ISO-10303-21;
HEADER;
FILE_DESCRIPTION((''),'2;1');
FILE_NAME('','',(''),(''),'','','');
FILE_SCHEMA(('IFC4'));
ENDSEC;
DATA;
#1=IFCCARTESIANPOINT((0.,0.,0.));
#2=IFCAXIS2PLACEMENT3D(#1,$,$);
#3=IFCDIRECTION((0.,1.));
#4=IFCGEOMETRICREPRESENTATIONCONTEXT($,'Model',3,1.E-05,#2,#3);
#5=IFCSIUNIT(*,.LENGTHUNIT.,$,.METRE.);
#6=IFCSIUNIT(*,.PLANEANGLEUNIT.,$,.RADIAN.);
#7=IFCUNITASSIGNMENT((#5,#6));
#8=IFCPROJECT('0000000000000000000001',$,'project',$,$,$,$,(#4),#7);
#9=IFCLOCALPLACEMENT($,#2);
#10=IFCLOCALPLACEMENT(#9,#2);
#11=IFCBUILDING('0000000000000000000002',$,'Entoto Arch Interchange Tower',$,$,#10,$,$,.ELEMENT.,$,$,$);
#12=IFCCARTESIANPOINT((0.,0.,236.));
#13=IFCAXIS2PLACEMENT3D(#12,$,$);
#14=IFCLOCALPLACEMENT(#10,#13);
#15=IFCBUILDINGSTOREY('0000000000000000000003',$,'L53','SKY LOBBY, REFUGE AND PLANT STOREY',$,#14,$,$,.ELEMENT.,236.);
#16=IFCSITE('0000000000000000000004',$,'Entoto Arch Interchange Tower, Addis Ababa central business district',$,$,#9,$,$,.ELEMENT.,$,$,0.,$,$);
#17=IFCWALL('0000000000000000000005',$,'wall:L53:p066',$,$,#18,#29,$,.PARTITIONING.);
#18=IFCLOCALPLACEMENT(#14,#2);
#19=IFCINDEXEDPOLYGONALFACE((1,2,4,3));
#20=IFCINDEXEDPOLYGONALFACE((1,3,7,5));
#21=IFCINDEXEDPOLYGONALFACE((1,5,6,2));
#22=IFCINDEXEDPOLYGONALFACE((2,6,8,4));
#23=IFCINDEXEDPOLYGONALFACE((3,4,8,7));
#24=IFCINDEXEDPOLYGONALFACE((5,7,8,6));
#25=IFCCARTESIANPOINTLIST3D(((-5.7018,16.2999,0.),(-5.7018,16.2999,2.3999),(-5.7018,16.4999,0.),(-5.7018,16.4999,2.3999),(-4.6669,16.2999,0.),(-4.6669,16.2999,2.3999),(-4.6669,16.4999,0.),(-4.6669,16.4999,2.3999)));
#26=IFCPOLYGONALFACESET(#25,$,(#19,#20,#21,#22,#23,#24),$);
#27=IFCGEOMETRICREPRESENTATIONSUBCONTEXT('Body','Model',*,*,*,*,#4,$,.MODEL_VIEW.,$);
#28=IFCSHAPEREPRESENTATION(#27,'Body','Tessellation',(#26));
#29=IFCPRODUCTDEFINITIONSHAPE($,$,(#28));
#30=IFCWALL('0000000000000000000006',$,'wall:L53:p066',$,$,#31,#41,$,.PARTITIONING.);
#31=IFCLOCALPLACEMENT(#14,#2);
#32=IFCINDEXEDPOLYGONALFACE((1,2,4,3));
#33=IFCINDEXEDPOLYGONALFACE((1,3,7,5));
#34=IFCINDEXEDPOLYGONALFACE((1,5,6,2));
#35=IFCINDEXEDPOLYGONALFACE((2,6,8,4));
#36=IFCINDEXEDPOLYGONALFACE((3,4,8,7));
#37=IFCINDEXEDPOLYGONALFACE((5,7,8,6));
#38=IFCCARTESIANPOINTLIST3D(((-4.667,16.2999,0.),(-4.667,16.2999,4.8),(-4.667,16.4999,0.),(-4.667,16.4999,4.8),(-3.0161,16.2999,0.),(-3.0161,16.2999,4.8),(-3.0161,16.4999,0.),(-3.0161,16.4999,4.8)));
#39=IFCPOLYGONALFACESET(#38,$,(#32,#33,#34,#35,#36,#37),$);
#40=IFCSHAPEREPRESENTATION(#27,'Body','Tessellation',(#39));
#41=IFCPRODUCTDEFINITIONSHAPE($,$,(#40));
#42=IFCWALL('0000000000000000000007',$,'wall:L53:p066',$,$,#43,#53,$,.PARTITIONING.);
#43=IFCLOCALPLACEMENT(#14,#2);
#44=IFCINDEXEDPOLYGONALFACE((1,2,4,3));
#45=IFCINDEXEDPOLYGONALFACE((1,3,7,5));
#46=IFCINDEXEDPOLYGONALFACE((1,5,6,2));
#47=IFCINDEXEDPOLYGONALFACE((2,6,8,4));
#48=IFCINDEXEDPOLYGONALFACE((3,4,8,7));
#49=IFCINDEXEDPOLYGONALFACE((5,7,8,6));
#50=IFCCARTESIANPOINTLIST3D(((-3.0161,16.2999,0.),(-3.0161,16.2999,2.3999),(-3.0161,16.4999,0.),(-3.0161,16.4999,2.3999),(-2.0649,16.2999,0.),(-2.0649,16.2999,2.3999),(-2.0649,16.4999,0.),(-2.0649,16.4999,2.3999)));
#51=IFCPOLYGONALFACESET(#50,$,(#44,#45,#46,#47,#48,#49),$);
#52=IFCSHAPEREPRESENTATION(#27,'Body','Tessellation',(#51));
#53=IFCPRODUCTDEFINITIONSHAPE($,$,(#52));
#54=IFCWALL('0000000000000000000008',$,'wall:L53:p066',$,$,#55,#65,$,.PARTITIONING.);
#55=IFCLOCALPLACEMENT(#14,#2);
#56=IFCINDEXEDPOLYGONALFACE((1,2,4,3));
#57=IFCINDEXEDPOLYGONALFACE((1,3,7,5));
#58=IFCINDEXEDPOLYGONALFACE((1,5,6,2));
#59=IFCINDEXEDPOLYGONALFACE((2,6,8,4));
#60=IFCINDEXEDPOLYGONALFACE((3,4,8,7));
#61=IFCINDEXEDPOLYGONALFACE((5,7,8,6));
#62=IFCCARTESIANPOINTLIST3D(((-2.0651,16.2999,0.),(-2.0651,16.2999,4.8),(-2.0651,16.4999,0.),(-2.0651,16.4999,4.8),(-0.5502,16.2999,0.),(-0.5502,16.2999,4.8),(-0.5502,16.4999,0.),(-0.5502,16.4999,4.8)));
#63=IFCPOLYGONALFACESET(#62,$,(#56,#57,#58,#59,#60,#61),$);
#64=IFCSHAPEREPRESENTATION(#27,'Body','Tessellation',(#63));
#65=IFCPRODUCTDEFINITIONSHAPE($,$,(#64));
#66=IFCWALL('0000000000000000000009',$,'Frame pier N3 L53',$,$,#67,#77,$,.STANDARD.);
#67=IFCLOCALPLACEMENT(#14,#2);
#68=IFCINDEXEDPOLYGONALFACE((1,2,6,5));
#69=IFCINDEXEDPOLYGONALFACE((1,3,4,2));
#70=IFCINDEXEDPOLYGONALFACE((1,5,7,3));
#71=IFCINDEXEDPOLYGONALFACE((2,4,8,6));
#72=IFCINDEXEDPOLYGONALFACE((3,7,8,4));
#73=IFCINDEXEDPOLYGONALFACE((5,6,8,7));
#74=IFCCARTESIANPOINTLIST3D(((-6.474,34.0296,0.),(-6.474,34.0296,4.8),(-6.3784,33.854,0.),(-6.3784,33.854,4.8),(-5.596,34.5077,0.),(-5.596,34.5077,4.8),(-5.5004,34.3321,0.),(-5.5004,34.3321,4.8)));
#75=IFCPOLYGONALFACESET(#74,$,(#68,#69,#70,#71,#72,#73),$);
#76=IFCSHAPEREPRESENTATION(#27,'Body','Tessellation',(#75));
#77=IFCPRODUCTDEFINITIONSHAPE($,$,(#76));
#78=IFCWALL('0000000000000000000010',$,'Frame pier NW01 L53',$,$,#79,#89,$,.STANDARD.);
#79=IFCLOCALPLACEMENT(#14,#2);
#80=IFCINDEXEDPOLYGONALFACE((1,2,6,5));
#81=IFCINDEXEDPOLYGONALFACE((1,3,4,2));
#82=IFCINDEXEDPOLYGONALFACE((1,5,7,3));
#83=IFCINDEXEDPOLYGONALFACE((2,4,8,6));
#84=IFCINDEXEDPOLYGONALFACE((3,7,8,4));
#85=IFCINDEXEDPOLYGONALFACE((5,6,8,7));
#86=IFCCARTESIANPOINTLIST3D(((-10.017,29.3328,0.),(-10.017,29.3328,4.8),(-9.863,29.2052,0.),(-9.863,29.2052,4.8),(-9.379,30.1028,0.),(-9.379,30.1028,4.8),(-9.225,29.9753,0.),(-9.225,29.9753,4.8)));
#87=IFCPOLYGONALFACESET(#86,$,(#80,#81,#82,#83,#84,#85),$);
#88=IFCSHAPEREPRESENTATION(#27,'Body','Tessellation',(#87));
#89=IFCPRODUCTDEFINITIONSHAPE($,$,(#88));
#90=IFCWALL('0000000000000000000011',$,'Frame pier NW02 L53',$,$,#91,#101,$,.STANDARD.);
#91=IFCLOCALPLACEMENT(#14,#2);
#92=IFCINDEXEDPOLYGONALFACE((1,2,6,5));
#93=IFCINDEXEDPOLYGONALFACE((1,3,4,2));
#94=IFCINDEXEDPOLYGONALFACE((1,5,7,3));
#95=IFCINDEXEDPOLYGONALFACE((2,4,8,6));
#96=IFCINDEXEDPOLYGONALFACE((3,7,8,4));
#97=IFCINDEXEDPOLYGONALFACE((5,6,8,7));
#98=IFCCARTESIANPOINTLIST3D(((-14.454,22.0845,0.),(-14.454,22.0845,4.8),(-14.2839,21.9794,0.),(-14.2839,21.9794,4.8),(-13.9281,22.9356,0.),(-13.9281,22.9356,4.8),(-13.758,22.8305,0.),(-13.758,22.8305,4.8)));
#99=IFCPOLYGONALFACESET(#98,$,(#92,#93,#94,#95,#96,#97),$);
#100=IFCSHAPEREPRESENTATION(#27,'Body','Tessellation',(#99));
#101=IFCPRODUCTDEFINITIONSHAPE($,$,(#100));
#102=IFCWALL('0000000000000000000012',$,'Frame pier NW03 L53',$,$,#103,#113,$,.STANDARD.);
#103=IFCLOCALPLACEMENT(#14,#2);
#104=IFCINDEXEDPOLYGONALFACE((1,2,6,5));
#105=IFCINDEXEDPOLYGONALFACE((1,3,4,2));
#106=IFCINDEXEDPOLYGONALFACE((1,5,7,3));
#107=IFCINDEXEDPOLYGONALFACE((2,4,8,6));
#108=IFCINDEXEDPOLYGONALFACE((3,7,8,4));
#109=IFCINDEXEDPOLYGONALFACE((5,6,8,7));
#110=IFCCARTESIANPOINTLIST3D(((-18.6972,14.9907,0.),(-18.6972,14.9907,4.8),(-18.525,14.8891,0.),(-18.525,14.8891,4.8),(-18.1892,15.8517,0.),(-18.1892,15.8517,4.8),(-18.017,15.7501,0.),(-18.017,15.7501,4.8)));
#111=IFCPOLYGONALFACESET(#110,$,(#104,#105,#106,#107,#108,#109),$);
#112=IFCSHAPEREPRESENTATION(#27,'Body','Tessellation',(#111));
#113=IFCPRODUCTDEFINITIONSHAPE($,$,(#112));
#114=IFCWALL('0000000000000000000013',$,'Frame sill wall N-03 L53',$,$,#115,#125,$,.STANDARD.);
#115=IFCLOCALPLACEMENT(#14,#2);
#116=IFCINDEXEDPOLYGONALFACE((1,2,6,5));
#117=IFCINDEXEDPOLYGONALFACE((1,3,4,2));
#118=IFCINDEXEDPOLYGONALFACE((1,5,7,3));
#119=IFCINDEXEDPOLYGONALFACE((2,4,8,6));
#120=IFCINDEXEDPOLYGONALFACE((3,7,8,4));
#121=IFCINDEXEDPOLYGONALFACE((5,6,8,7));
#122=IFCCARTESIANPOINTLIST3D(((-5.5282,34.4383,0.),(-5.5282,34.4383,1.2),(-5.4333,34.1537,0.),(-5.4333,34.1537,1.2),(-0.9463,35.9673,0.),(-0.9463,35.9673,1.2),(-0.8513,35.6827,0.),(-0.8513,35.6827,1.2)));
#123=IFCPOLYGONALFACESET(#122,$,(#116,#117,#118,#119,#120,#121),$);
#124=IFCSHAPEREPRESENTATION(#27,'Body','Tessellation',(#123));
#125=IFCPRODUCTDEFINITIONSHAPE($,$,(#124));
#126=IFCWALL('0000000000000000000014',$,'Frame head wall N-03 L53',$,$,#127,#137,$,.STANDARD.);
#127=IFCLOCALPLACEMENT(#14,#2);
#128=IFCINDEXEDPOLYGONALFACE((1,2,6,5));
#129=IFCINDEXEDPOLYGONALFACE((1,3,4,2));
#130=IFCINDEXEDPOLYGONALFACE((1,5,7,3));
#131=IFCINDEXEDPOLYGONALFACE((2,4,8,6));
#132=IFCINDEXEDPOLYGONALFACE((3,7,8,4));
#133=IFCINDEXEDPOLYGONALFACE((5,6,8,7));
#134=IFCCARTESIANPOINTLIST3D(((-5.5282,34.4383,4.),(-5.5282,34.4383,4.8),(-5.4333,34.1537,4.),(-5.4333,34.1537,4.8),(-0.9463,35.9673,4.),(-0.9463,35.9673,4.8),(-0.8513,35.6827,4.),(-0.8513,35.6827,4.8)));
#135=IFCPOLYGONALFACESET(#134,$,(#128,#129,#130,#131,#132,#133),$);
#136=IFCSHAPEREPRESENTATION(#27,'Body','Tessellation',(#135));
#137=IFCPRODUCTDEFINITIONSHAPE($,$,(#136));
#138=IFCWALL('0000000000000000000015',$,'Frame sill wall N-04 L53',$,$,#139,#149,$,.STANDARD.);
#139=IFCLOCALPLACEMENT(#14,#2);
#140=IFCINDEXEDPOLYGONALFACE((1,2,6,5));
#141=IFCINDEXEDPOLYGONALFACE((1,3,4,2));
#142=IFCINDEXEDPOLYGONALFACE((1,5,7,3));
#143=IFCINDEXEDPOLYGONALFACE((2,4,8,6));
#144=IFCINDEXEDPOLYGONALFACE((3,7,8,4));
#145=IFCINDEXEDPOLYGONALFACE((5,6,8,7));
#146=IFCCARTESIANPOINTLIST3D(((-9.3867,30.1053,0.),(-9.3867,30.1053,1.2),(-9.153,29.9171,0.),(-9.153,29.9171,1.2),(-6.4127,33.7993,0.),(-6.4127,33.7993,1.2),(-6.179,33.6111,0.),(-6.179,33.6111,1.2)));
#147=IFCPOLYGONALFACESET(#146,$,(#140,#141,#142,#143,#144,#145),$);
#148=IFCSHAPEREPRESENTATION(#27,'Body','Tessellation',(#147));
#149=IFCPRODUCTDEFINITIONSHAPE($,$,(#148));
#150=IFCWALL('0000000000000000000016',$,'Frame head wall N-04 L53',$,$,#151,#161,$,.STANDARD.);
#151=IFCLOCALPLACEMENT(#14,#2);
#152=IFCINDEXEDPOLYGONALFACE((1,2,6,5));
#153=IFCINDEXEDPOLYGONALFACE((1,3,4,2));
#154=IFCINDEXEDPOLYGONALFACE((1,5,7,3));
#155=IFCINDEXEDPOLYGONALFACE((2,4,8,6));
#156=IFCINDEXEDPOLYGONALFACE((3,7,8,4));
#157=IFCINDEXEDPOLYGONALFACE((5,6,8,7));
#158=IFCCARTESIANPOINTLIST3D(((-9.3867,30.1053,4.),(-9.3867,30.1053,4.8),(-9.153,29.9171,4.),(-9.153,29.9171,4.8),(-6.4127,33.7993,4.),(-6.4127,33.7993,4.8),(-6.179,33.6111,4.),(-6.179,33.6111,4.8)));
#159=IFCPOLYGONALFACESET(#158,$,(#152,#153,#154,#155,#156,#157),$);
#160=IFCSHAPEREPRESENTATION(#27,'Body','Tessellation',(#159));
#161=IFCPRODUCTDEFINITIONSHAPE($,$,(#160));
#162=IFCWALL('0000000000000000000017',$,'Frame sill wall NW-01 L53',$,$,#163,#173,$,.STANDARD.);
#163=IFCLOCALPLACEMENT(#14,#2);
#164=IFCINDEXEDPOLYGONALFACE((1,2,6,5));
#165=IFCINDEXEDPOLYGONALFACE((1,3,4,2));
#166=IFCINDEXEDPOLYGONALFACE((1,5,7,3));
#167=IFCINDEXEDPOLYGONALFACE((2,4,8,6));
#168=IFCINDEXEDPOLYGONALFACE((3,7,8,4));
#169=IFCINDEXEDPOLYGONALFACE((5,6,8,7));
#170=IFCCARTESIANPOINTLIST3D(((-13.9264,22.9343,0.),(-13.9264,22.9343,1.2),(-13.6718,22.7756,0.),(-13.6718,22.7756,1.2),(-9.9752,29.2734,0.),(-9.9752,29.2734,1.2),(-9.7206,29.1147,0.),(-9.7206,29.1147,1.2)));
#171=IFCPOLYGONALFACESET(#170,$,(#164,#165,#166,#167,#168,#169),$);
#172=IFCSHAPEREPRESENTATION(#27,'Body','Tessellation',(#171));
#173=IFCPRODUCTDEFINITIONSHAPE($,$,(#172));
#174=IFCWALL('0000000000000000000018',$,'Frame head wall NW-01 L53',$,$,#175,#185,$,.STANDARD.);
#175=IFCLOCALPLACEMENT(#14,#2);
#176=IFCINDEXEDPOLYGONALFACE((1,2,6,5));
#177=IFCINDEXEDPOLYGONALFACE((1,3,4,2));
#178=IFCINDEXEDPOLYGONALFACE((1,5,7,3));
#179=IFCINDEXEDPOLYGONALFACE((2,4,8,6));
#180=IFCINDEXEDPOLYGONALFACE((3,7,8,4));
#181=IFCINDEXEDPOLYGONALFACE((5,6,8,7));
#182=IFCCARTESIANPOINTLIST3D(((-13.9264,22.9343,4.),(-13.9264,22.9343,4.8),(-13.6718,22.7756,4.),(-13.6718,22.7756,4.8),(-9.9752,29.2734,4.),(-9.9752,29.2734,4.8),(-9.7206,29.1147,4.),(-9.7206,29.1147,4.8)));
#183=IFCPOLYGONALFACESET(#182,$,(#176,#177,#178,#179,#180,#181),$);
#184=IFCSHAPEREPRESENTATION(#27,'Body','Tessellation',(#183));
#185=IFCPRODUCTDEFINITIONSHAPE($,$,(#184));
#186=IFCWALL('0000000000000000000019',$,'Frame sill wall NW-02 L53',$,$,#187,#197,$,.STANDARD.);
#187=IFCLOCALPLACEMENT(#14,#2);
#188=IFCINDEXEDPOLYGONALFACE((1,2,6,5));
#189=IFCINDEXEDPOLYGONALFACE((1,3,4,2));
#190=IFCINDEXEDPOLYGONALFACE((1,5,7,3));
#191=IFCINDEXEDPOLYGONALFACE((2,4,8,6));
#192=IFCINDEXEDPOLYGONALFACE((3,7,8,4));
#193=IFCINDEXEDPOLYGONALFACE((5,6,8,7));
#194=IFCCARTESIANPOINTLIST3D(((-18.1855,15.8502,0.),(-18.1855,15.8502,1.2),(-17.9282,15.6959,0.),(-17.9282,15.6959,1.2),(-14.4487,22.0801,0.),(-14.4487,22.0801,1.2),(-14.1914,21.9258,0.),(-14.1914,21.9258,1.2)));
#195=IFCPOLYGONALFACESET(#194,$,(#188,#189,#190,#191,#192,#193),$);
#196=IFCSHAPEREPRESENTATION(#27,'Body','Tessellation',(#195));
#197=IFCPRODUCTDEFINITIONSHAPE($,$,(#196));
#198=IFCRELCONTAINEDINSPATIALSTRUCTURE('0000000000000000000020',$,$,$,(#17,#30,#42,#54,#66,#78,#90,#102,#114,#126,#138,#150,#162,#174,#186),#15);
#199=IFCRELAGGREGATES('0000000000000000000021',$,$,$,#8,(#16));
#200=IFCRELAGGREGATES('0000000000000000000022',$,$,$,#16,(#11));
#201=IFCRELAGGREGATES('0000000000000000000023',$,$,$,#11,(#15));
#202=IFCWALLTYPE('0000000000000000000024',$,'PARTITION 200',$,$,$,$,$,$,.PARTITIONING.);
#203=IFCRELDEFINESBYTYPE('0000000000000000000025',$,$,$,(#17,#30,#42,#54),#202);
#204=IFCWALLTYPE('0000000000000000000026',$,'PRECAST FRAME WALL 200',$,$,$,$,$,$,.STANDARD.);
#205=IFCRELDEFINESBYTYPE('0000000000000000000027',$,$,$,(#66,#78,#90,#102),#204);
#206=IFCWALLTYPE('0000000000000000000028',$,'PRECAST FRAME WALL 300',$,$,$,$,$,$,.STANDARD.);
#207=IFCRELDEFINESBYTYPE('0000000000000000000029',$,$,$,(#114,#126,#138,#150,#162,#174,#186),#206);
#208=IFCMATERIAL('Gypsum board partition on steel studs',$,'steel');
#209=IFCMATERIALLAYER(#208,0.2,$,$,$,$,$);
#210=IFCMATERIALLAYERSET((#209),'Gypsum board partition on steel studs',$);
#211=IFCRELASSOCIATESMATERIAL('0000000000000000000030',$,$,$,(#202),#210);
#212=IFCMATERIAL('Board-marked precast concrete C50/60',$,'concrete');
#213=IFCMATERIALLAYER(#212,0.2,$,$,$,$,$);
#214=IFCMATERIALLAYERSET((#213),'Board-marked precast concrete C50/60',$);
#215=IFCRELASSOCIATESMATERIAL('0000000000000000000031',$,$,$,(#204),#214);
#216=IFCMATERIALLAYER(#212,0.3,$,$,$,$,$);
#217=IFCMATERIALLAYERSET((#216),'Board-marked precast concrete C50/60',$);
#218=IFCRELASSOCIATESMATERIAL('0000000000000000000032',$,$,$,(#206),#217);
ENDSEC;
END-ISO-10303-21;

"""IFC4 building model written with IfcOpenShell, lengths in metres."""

from ifc_helpers import new_model, si_unit, direction, frame, frame_2d, origin, place, context, subcontext, project, spatial, rectangle, extrude, material, layer, layer_set, type_object, element, save


model = new_model("IFC4")

# Units and contexts
model_context = context("Model", 3, precision=1e-05, world=origin(), true_north=direction((0.0, 1.0)))
body_context = subcontext(model_context, "Body", "Model", "MODEL_VIEW")
ifc_project = project(units=[si_unit("LENGTHUNIT", "METRE"), si_unit("PLANEANGLEUNIT", "RADIAN")], contexts=[model_context])

# Site, building, storey
site_placement = place(None, origin())
site = spatial("IfcSite", under=ifc_project, at=site_placement, Name="Entoto Arch Interchange Tower, Addis Ababa central business district", CompositionType="ELEMENT", RefElevation=0.0)
building_placement = place(site_placement, origin())
building = spatial("IfcBuilding", under=site, at=building_placement, Name="Entoto Arch Interchange Tower", CompositionType="ELEMENT")
storey_placement = place(building_placement, frame((0.0, 0.0, 236.0)))
storey = spatial("IfcBuildingStorey", under=building, at=storey_placement, Name="L53", Description="SKY LOBBY, REFUGE AND PLANT STOREY", CompositionType="ELEMENT", Elevation=236.0)

# Walls
ifc_material_1 = material(Name="Gypsum board partition on steel studs", Category="steel")
ifc_layer_1 = layer(ifc_material_1, 0.2)
ifc_layer_set_1 = layer_set([ifc_layer_1], Name="Gypsum board partition on steel studs")
wall_type_1 = type_object("IfcWallType", Name="PARTITION 200", PredefinedType="PARTITIONING", material=ifc_layer_set_1)
wall_1_placement = place(storey_placement, frame((-5.7019, 16.3999, 0.0), z_axis=(0.0, 0.0, 1.0), x_axis=(1.0, 0.0, 0.0)))
element("IfcWall", 1, at=wall_1_placement, inside=storey, type_object=wall_type_1, Name="wall:L53:p066", PredefinedType="PARTITIONING", context=body_context, shape_type="SweptSolid", body=[
    extrude(rectangle(XDim=1.0349, YDim=0.2, at=frame_2d((0.5176, 0.0))), origin(), (0.0, 0.0, 1.0), 2.3999),
])
wall_2_placement = place(storey_placement, frame((-4.667, 16.3999, 0.0), z_axis=(0.0, 0.0, 1.0), x_axis=(1.0, 0.0, 0.0)))
element("IfcWall", 2, at=wall_2_placement, inside=storey, type_object=wall_type_1, Name="wall:L53:p066", PredefinedType="PARTITIONING", context=body_context, shape_type="SweptSolid", body=[
    extrude(rectangle(XDim=1.6509, YDim=0.2, at=frame_2d((0.8254, 0.0))), origin(), (0.0, 0.0, 1.0), 4.8),
])
wall_3_placement = place(storey_placement, frame((-3.0161, 16.3999, 0.0), z_axis=(0.0, 0.0, 1.0), x_axis=(1.0, 0.0, 0.0)))
element("IfcWall", 3, at=wall_3_placement, inside=storey, type_object=wall_type_1, Name="wall:L53:p066", PredefinedType="PARTITIONING", context=body_context, shape_type="SweptSolid", body=[
    extrude(rectangle(XDim=0.9512, YDim=0.2, at=frame_2d((0.4756, 0.0))), origin(), (0.0, 0.0, 1.0), 2.3999),
])
wall_4_placement = place(storey_placement, frame((-2.0649, 16.3999, 0.0), z_axis=(0.0, 0.0, 1.0), x_axis=(1.0, 0.0, 0.0)))
element("IfcWall", 4, at=wall_4_placement, inside=storey, type_object=wall_type_1, Name="wall:L53:p066", PredefinedType="PARTITIONING", context=body_context, shape_type="SweptSolid", body=[
    extrude(rectangle(XDim=1.5149, YDim=0.2, at=frame_2d((0.7573, 0.0))), origin(), (0.0, 0.0, 1.0), 4.8),
])
ifc_material_2 = material(Name="Board-marked precast concrete C50/60", Category="concrete")
ifc_layer_2 = layer(ifc_material_2, 0.2)
ifc_layer_set_2 = layer_set([ifc_layer_2], Name="Board-marked precast concrete C50/60")
wall_type_2 = type_object("IfcWallType", Name="PRECAST FRAME WALL 200", PredefinedType="STANDARD", material=ifc_layer_set_2)
wall_5_placement = place(storey_placement, frame((-5.5481, 34.4199, 0.0), z_axis=(0.0, 0.0, 1.0), x_axis=(-0.87825, -0.478202, 0.0)))
element("IfcWall", 5, at=wall_5_placement, inside=storey, type_object=wall_type_2, Name="Frame pier N3 L53", PredefinedType="STANDARD", context=body_context, shape_type="SweptSolid", body=[
    extrude(rectangle(XDim=0.9998, YDim=0.2, at=frame_2d((0.5, 0.0))), origin(), (0.0, 0.0, 1.0), 4.8),
])
wall_6_placement = place(storey_placement, frame((-9.302, 30.0391, 0.0), z_axis=(0.0, 0.0, 1.0), x_axis=(-0.637972, -0.770059, 0.0)))
element("IfcWall", 6, at=wall_6_placement, inside=storey, type_object=wall_type_2, Name="Frame pier NW01 L53", PredefinedType="STANDARD", context=body_context, shape_type="SweptSolid", body=[
    extrude(rectangle(XDim=1.0, YDim=0.2, at=frame_2d((0.5, 0.0))), origin(), (0.0, 0.0, 1.0), 4.8),
])
wall_7_placement = place(storey_placement, frame((-13.843, 22.8831, 0.0), z_axis=(0.0, 0.0, 1.0), x_axis=(-0.525649, -0.850702, 0.0)))
element("IfcWall", 7, at=wall_7_placement, inside=storey, type_object=wall_type_2, Name="Frame pier NW02 L53", PredefinedType="STANDARD", context=body_context, shape_type="SweptSolid", body=[
    extrude(rectangle(XDim=1.0005, YDim=0.2, at=frame_2d((0.5002, 0.0))), origin(), (0.0, 0.0, 1.0), 4.8),
])
wall_8_placement = place(storey_placement, frame((-18.103, 15.801, 0.0), z_axis=(0.0, 0.0, 1.0), x_axis=(-0.508162, -0.861262, 0.0)))
element("IfcWall", 8, at=wall_8_placement, inside=storey, type_object=wall_type_2, Name="Frame pier NW03 L53", PredefinedType="STANDARD", context=body_context, shape_type="SweptSolid", body=[
    extrude(rectangle(XDim=0.9998, YDim=0.2, at=frame_2d((0.5, 0.0))), origin(), (0.0, 0.0, 1.0), 4.8),
])
ifc_layer_3 = layer(ifc_material_2, 0.3)
ifc_layer_set_3 = layer_set([ifc_layer_3], Name="Board-marked precast concrete C50/60")
wall_type_3 = type_object("IfcWallType", Name="PRECAST FRAME WALL 300", PredefinedType="STANDARD", material=ifc_layer_set_3)
wall_9_placement = place(storey_placement, frame((-0.8989, 35.825, 0.0), z_axis=(0.0, 0.0, 1.0), x_axis=(-0.948577, -0.316546, 0.0)))
element("IfcWall", 9, at=wall_9_placement, inside=storey, type_object=wall_type_3, Name="Frame sill wall N-03 L53", PredefinedType="STANDARD", context=body_context, shape_type="SweptSolid", body=[
    extrude(rectangle(XDim=4.8303, YDim=0.3, at=frame_2d((2.415, 0.0))), origin(), (0.0, 0.0, 1.0), 1.2),
])
wall_10_placement = place(storey_placement, frame((-0.8989, 35.825, 4.0), z_axis=(0.0, 0.0, 1.0), x_axis=(-0.948577, -0.316546, 0.0)))
element("IfcWall", 10, at=wall_10_placement, inside=storey, type_object=wall_type_3, Name="Frame head wall N-03 L53", PredefinedType="STANDARD", context=body_context, shape_type="SweptSolid", body=[
    extrude(rectangle(XDim=4.8303, YDim=0.3, at=frame_2d((2.415, 0.0))), origin(), (0.0, 0.0, 1.0), 0.8),
])
wall_11_placement = place(storey_placement, frame((-6.2959, 33.7051, 0.0), z_axis=(0.0, 0.0, 1.0), x_axis=(-0.627115, -0.778926, 0.0)))
element("IfcWall", 11, at=wall_11_placement, inside=storey, type_object=wall_type_3, Name="Frame sill wall N-04 L53", PredefinedType="STANDARD", context=body_context, shape_type="SweptSolid", body=[
    extrude(rectangle(XDim=4.7424, YDim=0.3, at=frame_2d((2.3711, 0.0))), origin(), (0.0, 0.0, 1.0), 1.2),
])
wall_12_placement = place(storey_placement, frame((-6.2959, 33.7051, 4.0), z_axis=(0.0, 0.0, 1.0), x_axis=(-0.627115, -0.778926, 0.0)))
element("IfcWall", 12, at=wall_12_placement, inside=storey, type_object=wall_type_3, Name="Frame head wall N-04 L53", PredefinedType="STANDARD", context=body_context, shape_type="SweptSolid", body=[
    extrude(rectangle(XDim=4.7424, YDim=0.3, at=frame_2d((2.3711, 0.0))), origin(), (0.0, 0.0, 1.0), 0.8),
])
wall_13_placement = place(storey_placement, frame((-9.8479, 29.1941, 0.0), z_axis=(0.0, 0.0, 1.0), x_axis=(-0.528961, -0.848646, 0.0)))
element("IfcWall", 13, at=wall_13_placement, inside=storey, type_object=wall_type_3, Name="Frame sill wall NW-01 L53", PredefinedType="STANDARD", context=body_context, shape_type="SweptSolid", body=[
    extrude(rectangle(XDim=7.4697, YDim=0.3, at=frame_2d((3.7349, 0.0))), origin(), (0.0, 0.0, 1.0), 1.2),
])
wall_14_placement = place(storey_placement, frame((-9.8479, 29.1941, 4.0), z_axis=(0.0, 0.0, 1.0), x_axis=(-0.528961, -0.848646, 0.0)))
element("IfcWall", 14, at=wall_14_placement, inside=storey, type_object=wall_type_3, Name="Frame head wall NW-01 L53", PredefinedType="STANDARD", context=body_context, shape_type="SweptSolid", body=[
    extrude(rectangle(XDim=7.4697, YDim=0.3, at=frame_2d((3.7349, 0.0))), origin(), (0.0, 0.0, 1.0), 0.8),
])
wall_15_placement = place(storey_placement, frame((-14.3201, 22.0029, 0.0), z_axis=(0.0, 0.0, 1.0), x_axis=(-0.514377, -0.857564, 0.0)))
element("IfcWall", 15, at=wall_15_placement, inside=storey, type_object=wall_type_3, Name="Frame sill wall NW-02 L53", PredefinedType="STANDARD", context=body_context, shape_type="SweptSolid", body=[
    extrude(rectangle(XDim=7.2646, YDim=0.3, at=frame_2d((3.6323, 0.0))), origin(), (0.0, 0.0, 1.0), 1.2),
])

save(model, "model.ifc")
